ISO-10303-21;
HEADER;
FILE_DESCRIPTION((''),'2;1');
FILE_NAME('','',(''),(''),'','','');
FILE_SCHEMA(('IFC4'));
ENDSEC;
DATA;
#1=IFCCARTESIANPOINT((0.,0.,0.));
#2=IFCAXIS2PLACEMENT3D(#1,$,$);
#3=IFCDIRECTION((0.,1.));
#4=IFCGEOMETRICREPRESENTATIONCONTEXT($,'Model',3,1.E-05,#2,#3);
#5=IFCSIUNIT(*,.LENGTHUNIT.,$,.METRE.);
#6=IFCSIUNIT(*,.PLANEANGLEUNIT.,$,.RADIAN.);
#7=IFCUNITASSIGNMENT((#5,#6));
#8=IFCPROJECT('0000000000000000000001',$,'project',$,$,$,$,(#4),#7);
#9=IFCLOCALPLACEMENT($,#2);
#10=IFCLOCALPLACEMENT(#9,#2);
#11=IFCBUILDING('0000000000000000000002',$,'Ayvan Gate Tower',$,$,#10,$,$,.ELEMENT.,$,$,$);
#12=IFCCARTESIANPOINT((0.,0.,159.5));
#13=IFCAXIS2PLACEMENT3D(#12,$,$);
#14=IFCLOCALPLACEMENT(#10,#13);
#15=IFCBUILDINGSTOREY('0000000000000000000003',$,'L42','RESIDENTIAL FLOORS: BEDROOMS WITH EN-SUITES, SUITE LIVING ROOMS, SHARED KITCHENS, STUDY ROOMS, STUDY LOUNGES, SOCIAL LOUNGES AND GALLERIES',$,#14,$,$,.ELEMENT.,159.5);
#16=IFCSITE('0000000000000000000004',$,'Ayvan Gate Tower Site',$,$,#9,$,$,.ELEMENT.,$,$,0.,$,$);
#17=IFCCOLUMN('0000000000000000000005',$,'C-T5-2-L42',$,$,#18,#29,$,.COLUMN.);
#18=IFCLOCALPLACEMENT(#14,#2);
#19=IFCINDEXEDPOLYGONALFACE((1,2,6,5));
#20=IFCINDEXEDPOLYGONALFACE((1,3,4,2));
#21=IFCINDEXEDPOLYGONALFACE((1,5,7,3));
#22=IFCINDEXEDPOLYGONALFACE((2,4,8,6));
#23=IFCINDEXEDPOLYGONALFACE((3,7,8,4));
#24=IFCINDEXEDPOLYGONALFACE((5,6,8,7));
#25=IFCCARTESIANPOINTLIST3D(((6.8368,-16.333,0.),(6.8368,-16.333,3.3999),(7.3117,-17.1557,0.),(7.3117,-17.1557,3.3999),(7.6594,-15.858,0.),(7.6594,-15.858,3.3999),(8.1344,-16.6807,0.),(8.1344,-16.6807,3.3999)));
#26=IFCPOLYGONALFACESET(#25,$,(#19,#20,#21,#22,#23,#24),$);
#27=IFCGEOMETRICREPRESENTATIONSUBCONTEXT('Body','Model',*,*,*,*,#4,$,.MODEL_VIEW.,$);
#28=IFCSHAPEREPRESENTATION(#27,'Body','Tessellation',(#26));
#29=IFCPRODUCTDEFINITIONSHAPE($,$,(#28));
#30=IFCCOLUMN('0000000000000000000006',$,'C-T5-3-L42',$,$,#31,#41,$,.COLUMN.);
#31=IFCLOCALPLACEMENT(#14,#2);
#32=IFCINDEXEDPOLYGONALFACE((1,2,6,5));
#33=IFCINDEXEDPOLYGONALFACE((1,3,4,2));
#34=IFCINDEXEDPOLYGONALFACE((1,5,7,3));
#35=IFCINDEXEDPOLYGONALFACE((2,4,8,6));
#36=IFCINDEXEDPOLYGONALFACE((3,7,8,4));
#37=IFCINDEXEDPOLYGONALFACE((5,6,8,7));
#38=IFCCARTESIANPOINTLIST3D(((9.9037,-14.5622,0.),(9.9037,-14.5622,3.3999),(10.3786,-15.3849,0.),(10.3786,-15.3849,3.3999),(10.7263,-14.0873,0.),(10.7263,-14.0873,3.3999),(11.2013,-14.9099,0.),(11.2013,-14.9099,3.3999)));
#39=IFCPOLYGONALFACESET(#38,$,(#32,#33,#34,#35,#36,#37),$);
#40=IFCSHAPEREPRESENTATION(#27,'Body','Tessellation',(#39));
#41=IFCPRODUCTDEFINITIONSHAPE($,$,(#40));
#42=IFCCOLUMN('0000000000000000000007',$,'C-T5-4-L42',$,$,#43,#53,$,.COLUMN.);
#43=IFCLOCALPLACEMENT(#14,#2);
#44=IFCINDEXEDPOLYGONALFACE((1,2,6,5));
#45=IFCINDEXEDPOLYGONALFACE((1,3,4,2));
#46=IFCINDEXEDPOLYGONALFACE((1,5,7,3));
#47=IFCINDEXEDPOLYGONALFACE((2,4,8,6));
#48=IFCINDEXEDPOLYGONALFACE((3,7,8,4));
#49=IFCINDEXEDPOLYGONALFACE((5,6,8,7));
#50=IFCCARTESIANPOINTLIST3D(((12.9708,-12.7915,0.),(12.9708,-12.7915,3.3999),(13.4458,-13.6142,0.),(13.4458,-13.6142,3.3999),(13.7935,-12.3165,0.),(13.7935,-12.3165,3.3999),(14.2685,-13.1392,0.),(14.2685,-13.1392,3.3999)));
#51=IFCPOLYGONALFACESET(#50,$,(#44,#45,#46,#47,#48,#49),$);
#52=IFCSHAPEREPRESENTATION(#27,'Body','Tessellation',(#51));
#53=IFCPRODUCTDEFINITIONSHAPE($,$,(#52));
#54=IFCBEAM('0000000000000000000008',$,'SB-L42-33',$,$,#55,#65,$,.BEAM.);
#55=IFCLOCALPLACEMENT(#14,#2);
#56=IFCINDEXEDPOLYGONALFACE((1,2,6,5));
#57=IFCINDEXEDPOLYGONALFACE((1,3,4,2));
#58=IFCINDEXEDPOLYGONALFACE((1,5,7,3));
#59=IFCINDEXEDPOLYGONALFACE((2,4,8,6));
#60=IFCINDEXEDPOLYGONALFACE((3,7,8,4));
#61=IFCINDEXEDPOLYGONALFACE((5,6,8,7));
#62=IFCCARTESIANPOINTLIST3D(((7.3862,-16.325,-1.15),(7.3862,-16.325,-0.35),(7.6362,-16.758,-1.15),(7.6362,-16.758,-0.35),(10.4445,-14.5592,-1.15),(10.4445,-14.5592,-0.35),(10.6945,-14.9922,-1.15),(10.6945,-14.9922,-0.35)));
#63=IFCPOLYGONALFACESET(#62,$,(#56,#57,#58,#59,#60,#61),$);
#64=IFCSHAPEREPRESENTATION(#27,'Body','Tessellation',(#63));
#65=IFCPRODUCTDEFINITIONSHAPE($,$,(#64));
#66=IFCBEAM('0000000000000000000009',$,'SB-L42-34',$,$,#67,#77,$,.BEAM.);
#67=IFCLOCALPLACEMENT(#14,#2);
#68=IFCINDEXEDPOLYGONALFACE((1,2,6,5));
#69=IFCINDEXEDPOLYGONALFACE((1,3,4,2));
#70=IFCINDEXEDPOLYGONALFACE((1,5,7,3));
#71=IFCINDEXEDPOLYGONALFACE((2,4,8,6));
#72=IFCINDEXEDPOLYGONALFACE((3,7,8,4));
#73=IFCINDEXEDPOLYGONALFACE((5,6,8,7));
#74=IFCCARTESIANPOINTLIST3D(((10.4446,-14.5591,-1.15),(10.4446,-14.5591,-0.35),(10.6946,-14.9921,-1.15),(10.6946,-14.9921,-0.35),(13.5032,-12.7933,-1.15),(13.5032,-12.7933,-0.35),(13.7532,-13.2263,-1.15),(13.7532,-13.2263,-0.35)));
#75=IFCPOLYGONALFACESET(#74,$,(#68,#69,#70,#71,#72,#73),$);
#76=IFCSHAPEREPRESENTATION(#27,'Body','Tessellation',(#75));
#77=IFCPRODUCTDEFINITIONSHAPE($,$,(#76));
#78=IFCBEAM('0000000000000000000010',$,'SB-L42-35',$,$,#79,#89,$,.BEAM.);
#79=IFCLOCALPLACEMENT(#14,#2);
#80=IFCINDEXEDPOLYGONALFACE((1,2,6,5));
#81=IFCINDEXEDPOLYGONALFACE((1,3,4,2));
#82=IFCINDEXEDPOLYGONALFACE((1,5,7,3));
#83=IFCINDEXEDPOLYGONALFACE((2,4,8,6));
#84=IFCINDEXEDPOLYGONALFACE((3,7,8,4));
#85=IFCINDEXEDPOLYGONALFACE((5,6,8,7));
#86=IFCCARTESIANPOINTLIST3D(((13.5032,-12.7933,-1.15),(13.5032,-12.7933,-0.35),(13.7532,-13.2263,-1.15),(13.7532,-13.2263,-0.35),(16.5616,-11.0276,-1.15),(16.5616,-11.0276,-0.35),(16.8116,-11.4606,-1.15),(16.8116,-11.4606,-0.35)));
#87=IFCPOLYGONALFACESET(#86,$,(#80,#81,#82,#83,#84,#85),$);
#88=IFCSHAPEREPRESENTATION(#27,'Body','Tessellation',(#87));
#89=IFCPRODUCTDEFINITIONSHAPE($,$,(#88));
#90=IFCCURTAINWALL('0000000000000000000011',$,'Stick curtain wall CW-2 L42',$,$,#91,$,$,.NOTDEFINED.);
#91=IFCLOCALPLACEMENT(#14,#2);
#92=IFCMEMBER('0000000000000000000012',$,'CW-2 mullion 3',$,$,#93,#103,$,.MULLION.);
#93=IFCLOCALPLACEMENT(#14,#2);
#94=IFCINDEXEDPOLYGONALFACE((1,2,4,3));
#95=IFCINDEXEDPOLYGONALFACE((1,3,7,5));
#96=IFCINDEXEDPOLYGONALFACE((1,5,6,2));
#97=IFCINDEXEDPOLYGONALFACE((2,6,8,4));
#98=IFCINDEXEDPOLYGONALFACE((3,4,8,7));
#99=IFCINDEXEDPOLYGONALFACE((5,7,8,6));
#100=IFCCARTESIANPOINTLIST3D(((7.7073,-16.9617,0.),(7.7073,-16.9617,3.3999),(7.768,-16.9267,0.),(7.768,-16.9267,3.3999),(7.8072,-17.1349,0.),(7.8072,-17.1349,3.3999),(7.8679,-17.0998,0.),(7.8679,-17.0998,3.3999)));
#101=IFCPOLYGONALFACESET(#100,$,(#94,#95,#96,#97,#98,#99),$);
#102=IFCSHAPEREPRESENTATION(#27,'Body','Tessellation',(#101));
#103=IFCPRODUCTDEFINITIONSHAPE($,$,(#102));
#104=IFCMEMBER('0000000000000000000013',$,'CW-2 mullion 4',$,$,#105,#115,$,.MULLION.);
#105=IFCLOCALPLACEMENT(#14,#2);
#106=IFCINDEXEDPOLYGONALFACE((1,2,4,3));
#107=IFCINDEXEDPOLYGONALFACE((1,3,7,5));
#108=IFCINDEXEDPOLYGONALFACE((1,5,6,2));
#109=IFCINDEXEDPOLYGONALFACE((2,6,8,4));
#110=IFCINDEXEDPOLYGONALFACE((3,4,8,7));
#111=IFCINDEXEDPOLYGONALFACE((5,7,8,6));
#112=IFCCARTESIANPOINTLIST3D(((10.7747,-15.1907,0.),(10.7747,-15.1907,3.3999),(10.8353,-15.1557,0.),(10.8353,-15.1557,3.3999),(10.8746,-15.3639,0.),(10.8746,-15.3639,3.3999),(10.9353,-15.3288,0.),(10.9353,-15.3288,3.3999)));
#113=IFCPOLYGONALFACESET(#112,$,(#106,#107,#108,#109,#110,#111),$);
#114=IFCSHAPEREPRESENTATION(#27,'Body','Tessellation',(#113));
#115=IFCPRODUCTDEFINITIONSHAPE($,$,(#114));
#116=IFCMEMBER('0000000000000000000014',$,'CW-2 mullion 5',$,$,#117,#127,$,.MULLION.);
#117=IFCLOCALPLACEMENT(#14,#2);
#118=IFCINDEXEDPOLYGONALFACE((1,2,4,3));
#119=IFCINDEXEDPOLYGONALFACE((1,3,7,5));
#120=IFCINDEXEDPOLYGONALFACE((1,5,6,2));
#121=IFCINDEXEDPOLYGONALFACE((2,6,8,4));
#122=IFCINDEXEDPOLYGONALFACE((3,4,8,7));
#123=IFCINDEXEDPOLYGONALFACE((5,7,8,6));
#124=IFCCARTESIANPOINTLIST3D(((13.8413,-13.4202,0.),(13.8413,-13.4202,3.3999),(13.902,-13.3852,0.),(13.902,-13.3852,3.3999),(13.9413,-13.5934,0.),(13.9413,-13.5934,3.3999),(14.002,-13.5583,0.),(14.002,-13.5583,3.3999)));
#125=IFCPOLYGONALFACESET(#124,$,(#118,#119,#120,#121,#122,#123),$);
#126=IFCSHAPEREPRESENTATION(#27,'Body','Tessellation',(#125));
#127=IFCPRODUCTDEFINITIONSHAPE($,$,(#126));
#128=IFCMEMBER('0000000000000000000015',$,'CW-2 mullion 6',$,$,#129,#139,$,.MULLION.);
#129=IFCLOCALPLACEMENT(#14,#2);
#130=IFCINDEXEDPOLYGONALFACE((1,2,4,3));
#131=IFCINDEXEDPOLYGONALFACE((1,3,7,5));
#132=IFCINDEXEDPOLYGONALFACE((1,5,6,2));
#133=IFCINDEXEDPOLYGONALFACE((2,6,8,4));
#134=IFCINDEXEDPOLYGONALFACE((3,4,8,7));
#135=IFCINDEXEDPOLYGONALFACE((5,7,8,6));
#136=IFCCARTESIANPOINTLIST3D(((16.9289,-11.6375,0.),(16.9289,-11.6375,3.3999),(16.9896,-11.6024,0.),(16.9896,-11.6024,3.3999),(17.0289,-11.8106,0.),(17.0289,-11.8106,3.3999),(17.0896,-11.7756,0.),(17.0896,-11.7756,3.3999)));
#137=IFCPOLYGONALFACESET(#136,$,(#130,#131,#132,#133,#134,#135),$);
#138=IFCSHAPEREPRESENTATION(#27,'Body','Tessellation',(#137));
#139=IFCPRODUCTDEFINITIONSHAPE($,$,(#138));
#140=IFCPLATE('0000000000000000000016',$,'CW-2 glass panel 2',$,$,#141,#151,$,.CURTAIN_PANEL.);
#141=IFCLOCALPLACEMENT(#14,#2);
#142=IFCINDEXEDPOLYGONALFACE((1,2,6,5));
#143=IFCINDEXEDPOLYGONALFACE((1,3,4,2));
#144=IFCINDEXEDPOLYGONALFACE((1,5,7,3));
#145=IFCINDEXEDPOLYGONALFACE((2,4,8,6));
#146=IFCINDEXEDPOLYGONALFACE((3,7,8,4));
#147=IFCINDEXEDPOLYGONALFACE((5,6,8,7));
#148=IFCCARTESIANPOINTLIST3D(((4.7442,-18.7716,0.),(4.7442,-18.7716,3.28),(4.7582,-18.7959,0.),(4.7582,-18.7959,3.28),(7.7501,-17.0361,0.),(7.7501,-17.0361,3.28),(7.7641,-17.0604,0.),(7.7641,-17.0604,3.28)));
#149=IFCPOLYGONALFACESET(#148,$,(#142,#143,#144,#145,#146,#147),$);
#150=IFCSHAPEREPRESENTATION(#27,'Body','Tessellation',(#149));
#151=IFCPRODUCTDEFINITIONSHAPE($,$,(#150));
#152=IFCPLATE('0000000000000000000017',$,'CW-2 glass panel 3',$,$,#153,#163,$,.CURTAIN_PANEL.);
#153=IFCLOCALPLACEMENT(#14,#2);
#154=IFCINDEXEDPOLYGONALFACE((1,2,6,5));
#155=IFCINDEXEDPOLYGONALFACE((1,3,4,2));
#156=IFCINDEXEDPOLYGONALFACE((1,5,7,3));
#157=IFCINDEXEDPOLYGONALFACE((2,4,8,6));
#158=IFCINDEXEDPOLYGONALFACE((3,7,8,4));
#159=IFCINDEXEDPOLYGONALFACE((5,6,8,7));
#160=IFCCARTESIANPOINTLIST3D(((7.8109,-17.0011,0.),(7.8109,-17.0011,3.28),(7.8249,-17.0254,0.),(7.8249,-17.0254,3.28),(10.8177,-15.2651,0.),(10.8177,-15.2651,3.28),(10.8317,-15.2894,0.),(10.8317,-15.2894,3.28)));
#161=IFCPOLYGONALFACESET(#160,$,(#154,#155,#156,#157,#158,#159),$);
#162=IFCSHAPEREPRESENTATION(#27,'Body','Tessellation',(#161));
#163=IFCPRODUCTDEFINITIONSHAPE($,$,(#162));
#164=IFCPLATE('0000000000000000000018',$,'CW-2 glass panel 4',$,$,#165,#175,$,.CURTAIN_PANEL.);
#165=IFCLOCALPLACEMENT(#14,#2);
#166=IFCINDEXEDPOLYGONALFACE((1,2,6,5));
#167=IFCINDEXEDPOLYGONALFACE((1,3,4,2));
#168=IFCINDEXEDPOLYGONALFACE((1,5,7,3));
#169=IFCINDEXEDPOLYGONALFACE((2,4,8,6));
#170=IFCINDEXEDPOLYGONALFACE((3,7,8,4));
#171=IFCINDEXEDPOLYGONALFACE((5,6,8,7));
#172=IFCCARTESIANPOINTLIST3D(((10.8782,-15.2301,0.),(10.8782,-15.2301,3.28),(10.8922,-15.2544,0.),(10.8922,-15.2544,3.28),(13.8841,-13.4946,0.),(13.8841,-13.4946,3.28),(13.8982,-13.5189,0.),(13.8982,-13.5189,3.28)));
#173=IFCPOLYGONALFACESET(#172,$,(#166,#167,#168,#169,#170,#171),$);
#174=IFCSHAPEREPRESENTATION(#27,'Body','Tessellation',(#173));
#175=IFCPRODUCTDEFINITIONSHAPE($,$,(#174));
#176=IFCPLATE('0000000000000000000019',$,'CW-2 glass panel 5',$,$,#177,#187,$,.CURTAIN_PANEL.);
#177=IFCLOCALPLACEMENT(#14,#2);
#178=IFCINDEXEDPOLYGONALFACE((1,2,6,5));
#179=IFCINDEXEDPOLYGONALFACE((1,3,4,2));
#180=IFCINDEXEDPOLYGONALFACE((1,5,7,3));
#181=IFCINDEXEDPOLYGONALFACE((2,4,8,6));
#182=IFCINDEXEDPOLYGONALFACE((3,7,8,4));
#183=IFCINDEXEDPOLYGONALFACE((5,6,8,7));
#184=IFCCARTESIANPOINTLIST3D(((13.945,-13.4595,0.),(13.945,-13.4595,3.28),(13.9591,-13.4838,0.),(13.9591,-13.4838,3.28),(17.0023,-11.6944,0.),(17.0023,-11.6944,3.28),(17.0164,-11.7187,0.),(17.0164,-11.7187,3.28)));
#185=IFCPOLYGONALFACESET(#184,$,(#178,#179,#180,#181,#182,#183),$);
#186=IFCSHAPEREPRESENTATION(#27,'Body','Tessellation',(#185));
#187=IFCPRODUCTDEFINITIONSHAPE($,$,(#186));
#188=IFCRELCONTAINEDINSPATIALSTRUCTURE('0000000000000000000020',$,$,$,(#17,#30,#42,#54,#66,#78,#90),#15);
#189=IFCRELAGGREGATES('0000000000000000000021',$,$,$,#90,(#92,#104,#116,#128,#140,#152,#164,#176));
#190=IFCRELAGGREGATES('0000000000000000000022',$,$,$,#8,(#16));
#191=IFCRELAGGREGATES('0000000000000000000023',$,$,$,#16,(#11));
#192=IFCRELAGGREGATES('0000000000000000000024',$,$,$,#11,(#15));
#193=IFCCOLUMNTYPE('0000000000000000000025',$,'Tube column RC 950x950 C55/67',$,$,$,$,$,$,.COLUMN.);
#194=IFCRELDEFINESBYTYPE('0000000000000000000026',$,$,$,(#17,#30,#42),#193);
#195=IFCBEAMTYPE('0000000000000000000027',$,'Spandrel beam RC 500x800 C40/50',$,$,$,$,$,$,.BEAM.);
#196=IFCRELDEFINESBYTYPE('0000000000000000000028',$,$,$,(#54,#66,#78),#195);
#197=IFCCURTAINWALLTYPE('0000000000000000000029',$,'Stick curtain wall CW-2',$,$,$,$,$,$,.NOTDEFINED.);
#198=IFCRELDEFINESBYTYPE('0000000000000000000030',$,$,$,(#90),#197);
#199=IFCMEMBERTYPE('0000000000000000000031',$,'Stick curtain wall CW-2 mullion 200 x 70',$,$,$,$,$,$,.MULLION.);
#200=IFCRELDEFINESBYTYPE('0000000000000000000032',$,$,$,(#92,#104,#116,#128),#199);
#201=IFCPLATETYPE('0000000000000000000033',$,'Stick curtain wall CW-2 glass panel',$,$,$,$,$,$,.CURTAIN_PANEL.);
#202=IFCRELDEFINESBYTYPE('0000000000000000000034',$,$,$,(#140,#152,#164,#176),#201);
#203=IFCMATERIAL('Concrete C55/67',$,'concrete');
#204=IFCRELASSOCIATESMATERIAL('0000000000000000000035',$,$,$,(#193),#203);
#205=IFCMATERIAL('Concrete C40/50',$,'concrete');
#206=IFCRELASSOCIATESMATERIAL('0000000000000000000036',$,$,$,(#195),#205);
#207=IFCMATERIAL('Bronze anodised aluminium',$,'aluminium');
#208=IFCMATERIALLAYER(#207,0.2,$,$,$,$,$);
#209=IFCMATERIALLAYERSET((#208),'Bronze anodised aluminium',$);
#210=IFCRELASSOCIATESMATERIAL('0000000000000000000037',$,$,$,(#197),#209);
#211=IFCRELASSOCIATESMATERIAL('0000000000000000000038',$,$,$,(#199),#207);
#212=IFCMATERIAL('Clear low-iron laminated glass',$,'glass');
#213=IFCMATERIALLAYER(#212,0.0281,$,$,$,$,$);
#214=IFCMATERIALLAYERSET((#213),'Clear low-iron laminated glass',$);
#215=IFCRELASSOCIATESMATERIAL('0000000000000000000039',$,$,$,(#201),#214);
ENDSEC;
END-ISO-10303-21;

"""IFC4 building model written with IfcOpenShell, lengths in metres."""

from ifc_helpers import new_model, si_unit, direction, frame, origin, origin_2d, place, context, subcontext, project, spatial, rectangle, extrude, material, layer, layer_set, material_profile, profile_set, type_object, element, aggregate, save


model = new_model("IFC4")

# Units and contexts
model_context = context("Model", 3, precision=1e-05, world=origin(), true_north=direction((0.0, 1.0)))
body_context = subcontext(model_context, "Body", "Model", "MODEL_VIEW")
ifc_project = project(units=[si_unit("LENGTHUNIT", "METRE"), si_unit("PLANEANGLEUNIT", "RADIAN")], contexts=[model_context])

# Site, building, storey
site_placement = place(None, origin())
site = spatial("IfcSite", under=ifc_project, at=site_placement, Name="Ayvan Gate Tower Site", CompositionType="ELEMENT", RefElevation=0.0)
building_placement = place(site_placement, origin())
building = spatial("IfcBuilding", under=site, at=building_placement, Name="Ayvan Gate Tower", CompositionType="ELEMENT")
storey_placement = place(building_placement, frame((0.0, 0.0, 159.5)))
storey = spatial("IfcBuildingStorey", under=building, at=storey_placement, Name="L42", Description="RESIDENTIAL FLOORS: BEDROOMS WITH EN-SUITES, SUITE LIVING ROOMS, SHARED KITCHENS, STUDY ROOMS, STUDY LOUNGES, SOCIAL LOUNGES AND GALLERIES", CompositionType="ELEMENT", Elevation=159.5)

# Columns
ifc_material_1 = material(Name="Concrete C55/67", Category="concrete")
ifc_material_profile_1 = material_profile(ifc_material_1, rectangle(XDim=0.95, YDim=0.95, at=origin_2d()), Name="RC 950x950")
ifc_profile_set_1 = profile_set([ifc_material_profile_1], Name="Concrete C55/67")
column_type = type_object("IfcColumnType", Name="Tube column RC 950x950 C55/67", PredefinedType="COLUMN", material=ifc_profile_set_1)
for number, where, z_axis, x_axis, name in (
    (1, (7.4856, -16.5068, 0.0), (0.0, 0.0, 1.0), (0.5, -0.866025, 0.0), "C-T5-2-L42"),
    (2, (10.5525, -14.7361, 0.0), (0.0, 0.0, 1.0), (0.5, -0.866025, 0.0), "C-T5-3-L42"),
    (3, (13.6196, -12.9653, 0.0), (0.0, 0.0, 1.0), (0.5, -0.866025, 0.0), "C-T5-4-L42"),
):
    element("IfcColumn", number, at=place(storey_placement, frame(where, z_axis=z_axis, x_axis=x_axis)), inside=storey, type_object=column_type, Name=name, PredefinedType="COLUMN", context=body_context, shape_type="SweptSolid", body=[
        extrude(rectangle(XDim=0.95, YDim=0.95, at=origin_2d()), origin(), (0.0, 0.0, 1.0), 3.3999),
    ])

# Beams
ifc_material_2 = material(Name="Concrete C40/50", Category="concrete")
ifc_material_profile_2 = material_profile(ifc_material_2, rectangle(XDim=0.5, YDim=0.8, at=origin_2d()), Name="RC 500x800")
ifc_profile_set_2 = profile_set([ifc_material_profile_2], Name="Concrete C40/50")
beam_type = type_object("IfcBeamType", Name="Spandrel beam RC 500x800 C40/50", PredefinedType="BEAM", material=ifc_profile_set_2)
beam_1_placement = place(storey_placement, frame((7.5112, -16.5415, -0.75), z_axis=(0.866009, 0.500028, 0.0), x_axis=(-0.500028, 0.866009, 0.0)))
element("IfcBeam", 4, at=beam_1_placement, inside=storey, type_object=beam_type, Name="SB-L42-33", PredefinedType="BEAM", context=body_context, shape_type="SweptSolid", body=[
    extrude(rectangle(XDim=0.5, YDim=0.8, at=origin_2d()), origin(), (0.0, 0.0, 1.0), 3.5315),
])
beam_2_placement = place(storey_placement, frame((10.5696, -14.7756, -0.75), z_axis=(0.866027, 0.499998, 0.0), x_axis=(-0.499998, 0.866027, 0.0)))
element("IfcBeam", 5, at=beam_2_placement, inside=storey, type_object=beam_type, Name="SB-L42-34", PredefinedType="BEAM", context=body_context, shape_type="SweptSolid", body=[
    extrude(rectangle(XDim=0.5, YDim=0.8, at=origin_2d()), origin(), (0.0, 0.0, 1.0), 3.5317),
])
beam_3_placement = place(storey_placement, frame((13.6282, -13.0098, -0.75), z_axis=(0.866039, 0.499976, 0.0), x_axis=(-0.499976, 0.866039, 0.0)))
element("IfcBeam", 6, at=beam_3_placement, inside=storey, type_object=beam_type, Name="SB-L42-35", PredefinedType="BEAM", context=body_context, shape_type="SweptSolid", body=[
    extrude(rectangle(XDim=0.5, YDim=0.8, at=origin_2d()), origin(), (0.0, 0.0, 1.0), 3.5315),
])

# Curtain wall, members, plates
ifc_material_3 = material(Name="Bronze anodised aluminium", Category="aluminium")
ifc_layer_1 = layer(ifc_material_3, 0.2)
ifc_layer_set_1 = layer_set([ifc_layer_1], Name="Bronze anodised aluminium")
curtain_wall_type = type_object("IfcCurtainWallType", Name="Stick curtain wall CW-2", PredefinedType="NOTDEFINED", material=ifc_layer_set_1)
curtain_wall_placement = place(storey_placement, origin())
curtain_wall = element("IfcCurtainWall", 7, at=curtain_wall_placement, inside=storey, type_object=curtain_wall_type, Name="Stick curtain wall CW-2 L42", PredefinedType="NOTDEFINED")
ifc_material_profile_3 = material_profile(ifc_material_3, rectangle(XDim=0.2, YDim=0.0701, at=origin_2d()), Name="Stick curtain wall CW-2 mullion 200 x 70")
ifc_profile_set_3 = profile_set([ifc_material_profile_3], Name="Bronze anodised aluminium")
member_type = type_object("IfcMemberType", Name="Stick curtain wall CW-2 mullion 200 x 70", PredefinedType="MULLION", material=ifc_profile_set_3)
member_1_placement = place(storey_placement, frame((7.7876, -17.0308, 0.0), z_axis=(0.0, 0.0, 1.0), x_axis=(0.5, -0.866025, 0.0)))
member_1 = element("IfcMember", 8, at=member_1_placement, type_object=member_type, Name="CW-2 mullion 3", PredefinedType="MULLION", context=body_context, shape_type="SweptSolid", body=[
    extrude(rectangle(XDim=0.2, YDim=0.0701, at=origin_2d()), origin(), (0.0, 0.0, 1.0), 3.3999),
])
member_2_placement = place(storey_placement, frame((10.855, -15.2598, 0.0), z_axis=(0.0, 0.0, 1.0), x_axis=(0.5, -0.866025, 0.0)))
member_2 = element("IfcMember", 9, at=member_2_placement, type_object=member_type, Name="CW-2 mullion 4", PredefinedType="MULLION", context=body_context, shape_type="SweptSolid", body=[
    extrude(rectangle(XDim=0.2, YDim=0.0701, at=origin_2d()), origin(), (0.0, 0.0, 1.0), 3.3999),
])
member_3_placement = place(storey_placement, frame((13.9216, -13.4893, 0.0), z_axis=(0.0, 0.0, 1.0), x_axis=(0.5, -0.866025, 0.0)))
member_3 = element("IfcMember", 10, at=member_3_placement, type_object=member_type, Name="CW-2 mullion 5", PredefinedType="MULLION", context=body_context, shape_type="SweptSolid", body=[
    extrude(rectangle(XDim=0.2, YDim=0.0701, at=origin_2d()), origin(), (0.0, 0.0, 1.0), 3.3999),
])
member_4_placement = place(storey_placement, frame((17.0093, -11.7065, 0.0), z_axis=(0.0, 0.0, 1.0), x_axis=(0.5, -0.866025, 0.0)))
member_4 = element("IfcMember", 11, at=member_4_placement, type_object=member_type, Name="CW-2 mullion 6", PredefinedType="MULLION", context=body_context, shape_type="SweptSolid", body=[
    extrude(rectangle(XDim=0.2, YDim=0.0701, at=origin_2d()), origin(), (0.0, 0.0, 1.0), 3.3999),
])
ifc_material_4 = material(Name="Clear low-iron laminated glass", Category="glass")
ifc_layer_2 = layer(ifc_material_4, 0.0281)
ifc_layer_set_2 = layer_set([ifc_layer_2], Name="Clear low-iron laminated glass")
plate_type = type_object("IfcPlateType", Name="Stick curtain wall CW-2 glass panel", PredefinedType="CURTAIN_PANEL", material=ifc_layer_set_2)
plate_1_placement = place(storey_placement, frame((6.2542, -17.916, 0.0), z_axis=(0.0, 0.0, 1.0), x_axis=(0.866025, 0.5, 0.0)))
plate_1 = element("IfcPlate", 12, at=plate_1_placement, type_object=plate_type, Name="CW-2 glass panel 2", PredefinedType="CURTAIN_PANEL", context=body_context, shape_type="SweptSolid", body=[
    extrude(rectangle(XDim=3.4709, YDim=0.0281, at=origin_2d()), origin(), (0.0, 0.0, 1.0), 3.28),
])
plate_2_placement = place(storey_placement, frame((9.3213, -16.1453, 0.0), z_axis=(0.0, 0.0, 1.0), x_axis=(0.866025, 0.5, 0.0)))
plate_2 = element("IfcPlate", 13, at=plate_2_placement, type_object=plate_type, Name="CW-2 glass panel 3", PredefinedType="CURTAIN_PANEL", context=body_context, shape_type="SweptSolid", body=[
    extrude(rectangle(XDim=3.4719, YDim=0.0281, at=origin_2d()), origin(), (0.0, 0.0, 1.0), 3.28),
])
plate_3_placement = place(storey_placement, frame((12.3882, -14.3745, 0.0), z_axis=(0.0, 0.0, 1.0), x_axis=(0.866025, 0.5, 0.0)))
plate_3 = element("IfcPlate", 14, at=plate_3_placement, type_object=plate_type, Name="CW-2 glass panel 4", PredefinedType="CURTAIN_PANEL", context=body_context, shape_type="SweptSolid", body=[
    extrude(rectangle(XDim=3.4709, YDim=0.0281, at=origin_2d()), origin(), (0.0, 0.0, 1.0), 3.28),
])
plate_4_placement = place(storey_placement, frame((15.4807, -12.5891, 0.0), z_axis=(0.0, 0.0, 1.0), x_axis=(0.866025, 0.5, 0.0)))
plate_4 = element("IfcPlate", 15, at=plate_4_placement, type_object=plate_type, Name="CW-2 glass panel 5", PredefinedType="CURTAIN_PANEL", context=body_context, shape_type="SweptSolid", body=[
    extrude(rectangle(XDim=3.5303, YDim=0.0281, at=origin_2d()), origin(), (0.0, 0.0, 1.0), 3.28),
])
aggregate(curtain_wall, [member_1, member_2, member_3, member_4, plate_1, plate_2, plate_3, plate_4])

save(model, "model.ifc")
